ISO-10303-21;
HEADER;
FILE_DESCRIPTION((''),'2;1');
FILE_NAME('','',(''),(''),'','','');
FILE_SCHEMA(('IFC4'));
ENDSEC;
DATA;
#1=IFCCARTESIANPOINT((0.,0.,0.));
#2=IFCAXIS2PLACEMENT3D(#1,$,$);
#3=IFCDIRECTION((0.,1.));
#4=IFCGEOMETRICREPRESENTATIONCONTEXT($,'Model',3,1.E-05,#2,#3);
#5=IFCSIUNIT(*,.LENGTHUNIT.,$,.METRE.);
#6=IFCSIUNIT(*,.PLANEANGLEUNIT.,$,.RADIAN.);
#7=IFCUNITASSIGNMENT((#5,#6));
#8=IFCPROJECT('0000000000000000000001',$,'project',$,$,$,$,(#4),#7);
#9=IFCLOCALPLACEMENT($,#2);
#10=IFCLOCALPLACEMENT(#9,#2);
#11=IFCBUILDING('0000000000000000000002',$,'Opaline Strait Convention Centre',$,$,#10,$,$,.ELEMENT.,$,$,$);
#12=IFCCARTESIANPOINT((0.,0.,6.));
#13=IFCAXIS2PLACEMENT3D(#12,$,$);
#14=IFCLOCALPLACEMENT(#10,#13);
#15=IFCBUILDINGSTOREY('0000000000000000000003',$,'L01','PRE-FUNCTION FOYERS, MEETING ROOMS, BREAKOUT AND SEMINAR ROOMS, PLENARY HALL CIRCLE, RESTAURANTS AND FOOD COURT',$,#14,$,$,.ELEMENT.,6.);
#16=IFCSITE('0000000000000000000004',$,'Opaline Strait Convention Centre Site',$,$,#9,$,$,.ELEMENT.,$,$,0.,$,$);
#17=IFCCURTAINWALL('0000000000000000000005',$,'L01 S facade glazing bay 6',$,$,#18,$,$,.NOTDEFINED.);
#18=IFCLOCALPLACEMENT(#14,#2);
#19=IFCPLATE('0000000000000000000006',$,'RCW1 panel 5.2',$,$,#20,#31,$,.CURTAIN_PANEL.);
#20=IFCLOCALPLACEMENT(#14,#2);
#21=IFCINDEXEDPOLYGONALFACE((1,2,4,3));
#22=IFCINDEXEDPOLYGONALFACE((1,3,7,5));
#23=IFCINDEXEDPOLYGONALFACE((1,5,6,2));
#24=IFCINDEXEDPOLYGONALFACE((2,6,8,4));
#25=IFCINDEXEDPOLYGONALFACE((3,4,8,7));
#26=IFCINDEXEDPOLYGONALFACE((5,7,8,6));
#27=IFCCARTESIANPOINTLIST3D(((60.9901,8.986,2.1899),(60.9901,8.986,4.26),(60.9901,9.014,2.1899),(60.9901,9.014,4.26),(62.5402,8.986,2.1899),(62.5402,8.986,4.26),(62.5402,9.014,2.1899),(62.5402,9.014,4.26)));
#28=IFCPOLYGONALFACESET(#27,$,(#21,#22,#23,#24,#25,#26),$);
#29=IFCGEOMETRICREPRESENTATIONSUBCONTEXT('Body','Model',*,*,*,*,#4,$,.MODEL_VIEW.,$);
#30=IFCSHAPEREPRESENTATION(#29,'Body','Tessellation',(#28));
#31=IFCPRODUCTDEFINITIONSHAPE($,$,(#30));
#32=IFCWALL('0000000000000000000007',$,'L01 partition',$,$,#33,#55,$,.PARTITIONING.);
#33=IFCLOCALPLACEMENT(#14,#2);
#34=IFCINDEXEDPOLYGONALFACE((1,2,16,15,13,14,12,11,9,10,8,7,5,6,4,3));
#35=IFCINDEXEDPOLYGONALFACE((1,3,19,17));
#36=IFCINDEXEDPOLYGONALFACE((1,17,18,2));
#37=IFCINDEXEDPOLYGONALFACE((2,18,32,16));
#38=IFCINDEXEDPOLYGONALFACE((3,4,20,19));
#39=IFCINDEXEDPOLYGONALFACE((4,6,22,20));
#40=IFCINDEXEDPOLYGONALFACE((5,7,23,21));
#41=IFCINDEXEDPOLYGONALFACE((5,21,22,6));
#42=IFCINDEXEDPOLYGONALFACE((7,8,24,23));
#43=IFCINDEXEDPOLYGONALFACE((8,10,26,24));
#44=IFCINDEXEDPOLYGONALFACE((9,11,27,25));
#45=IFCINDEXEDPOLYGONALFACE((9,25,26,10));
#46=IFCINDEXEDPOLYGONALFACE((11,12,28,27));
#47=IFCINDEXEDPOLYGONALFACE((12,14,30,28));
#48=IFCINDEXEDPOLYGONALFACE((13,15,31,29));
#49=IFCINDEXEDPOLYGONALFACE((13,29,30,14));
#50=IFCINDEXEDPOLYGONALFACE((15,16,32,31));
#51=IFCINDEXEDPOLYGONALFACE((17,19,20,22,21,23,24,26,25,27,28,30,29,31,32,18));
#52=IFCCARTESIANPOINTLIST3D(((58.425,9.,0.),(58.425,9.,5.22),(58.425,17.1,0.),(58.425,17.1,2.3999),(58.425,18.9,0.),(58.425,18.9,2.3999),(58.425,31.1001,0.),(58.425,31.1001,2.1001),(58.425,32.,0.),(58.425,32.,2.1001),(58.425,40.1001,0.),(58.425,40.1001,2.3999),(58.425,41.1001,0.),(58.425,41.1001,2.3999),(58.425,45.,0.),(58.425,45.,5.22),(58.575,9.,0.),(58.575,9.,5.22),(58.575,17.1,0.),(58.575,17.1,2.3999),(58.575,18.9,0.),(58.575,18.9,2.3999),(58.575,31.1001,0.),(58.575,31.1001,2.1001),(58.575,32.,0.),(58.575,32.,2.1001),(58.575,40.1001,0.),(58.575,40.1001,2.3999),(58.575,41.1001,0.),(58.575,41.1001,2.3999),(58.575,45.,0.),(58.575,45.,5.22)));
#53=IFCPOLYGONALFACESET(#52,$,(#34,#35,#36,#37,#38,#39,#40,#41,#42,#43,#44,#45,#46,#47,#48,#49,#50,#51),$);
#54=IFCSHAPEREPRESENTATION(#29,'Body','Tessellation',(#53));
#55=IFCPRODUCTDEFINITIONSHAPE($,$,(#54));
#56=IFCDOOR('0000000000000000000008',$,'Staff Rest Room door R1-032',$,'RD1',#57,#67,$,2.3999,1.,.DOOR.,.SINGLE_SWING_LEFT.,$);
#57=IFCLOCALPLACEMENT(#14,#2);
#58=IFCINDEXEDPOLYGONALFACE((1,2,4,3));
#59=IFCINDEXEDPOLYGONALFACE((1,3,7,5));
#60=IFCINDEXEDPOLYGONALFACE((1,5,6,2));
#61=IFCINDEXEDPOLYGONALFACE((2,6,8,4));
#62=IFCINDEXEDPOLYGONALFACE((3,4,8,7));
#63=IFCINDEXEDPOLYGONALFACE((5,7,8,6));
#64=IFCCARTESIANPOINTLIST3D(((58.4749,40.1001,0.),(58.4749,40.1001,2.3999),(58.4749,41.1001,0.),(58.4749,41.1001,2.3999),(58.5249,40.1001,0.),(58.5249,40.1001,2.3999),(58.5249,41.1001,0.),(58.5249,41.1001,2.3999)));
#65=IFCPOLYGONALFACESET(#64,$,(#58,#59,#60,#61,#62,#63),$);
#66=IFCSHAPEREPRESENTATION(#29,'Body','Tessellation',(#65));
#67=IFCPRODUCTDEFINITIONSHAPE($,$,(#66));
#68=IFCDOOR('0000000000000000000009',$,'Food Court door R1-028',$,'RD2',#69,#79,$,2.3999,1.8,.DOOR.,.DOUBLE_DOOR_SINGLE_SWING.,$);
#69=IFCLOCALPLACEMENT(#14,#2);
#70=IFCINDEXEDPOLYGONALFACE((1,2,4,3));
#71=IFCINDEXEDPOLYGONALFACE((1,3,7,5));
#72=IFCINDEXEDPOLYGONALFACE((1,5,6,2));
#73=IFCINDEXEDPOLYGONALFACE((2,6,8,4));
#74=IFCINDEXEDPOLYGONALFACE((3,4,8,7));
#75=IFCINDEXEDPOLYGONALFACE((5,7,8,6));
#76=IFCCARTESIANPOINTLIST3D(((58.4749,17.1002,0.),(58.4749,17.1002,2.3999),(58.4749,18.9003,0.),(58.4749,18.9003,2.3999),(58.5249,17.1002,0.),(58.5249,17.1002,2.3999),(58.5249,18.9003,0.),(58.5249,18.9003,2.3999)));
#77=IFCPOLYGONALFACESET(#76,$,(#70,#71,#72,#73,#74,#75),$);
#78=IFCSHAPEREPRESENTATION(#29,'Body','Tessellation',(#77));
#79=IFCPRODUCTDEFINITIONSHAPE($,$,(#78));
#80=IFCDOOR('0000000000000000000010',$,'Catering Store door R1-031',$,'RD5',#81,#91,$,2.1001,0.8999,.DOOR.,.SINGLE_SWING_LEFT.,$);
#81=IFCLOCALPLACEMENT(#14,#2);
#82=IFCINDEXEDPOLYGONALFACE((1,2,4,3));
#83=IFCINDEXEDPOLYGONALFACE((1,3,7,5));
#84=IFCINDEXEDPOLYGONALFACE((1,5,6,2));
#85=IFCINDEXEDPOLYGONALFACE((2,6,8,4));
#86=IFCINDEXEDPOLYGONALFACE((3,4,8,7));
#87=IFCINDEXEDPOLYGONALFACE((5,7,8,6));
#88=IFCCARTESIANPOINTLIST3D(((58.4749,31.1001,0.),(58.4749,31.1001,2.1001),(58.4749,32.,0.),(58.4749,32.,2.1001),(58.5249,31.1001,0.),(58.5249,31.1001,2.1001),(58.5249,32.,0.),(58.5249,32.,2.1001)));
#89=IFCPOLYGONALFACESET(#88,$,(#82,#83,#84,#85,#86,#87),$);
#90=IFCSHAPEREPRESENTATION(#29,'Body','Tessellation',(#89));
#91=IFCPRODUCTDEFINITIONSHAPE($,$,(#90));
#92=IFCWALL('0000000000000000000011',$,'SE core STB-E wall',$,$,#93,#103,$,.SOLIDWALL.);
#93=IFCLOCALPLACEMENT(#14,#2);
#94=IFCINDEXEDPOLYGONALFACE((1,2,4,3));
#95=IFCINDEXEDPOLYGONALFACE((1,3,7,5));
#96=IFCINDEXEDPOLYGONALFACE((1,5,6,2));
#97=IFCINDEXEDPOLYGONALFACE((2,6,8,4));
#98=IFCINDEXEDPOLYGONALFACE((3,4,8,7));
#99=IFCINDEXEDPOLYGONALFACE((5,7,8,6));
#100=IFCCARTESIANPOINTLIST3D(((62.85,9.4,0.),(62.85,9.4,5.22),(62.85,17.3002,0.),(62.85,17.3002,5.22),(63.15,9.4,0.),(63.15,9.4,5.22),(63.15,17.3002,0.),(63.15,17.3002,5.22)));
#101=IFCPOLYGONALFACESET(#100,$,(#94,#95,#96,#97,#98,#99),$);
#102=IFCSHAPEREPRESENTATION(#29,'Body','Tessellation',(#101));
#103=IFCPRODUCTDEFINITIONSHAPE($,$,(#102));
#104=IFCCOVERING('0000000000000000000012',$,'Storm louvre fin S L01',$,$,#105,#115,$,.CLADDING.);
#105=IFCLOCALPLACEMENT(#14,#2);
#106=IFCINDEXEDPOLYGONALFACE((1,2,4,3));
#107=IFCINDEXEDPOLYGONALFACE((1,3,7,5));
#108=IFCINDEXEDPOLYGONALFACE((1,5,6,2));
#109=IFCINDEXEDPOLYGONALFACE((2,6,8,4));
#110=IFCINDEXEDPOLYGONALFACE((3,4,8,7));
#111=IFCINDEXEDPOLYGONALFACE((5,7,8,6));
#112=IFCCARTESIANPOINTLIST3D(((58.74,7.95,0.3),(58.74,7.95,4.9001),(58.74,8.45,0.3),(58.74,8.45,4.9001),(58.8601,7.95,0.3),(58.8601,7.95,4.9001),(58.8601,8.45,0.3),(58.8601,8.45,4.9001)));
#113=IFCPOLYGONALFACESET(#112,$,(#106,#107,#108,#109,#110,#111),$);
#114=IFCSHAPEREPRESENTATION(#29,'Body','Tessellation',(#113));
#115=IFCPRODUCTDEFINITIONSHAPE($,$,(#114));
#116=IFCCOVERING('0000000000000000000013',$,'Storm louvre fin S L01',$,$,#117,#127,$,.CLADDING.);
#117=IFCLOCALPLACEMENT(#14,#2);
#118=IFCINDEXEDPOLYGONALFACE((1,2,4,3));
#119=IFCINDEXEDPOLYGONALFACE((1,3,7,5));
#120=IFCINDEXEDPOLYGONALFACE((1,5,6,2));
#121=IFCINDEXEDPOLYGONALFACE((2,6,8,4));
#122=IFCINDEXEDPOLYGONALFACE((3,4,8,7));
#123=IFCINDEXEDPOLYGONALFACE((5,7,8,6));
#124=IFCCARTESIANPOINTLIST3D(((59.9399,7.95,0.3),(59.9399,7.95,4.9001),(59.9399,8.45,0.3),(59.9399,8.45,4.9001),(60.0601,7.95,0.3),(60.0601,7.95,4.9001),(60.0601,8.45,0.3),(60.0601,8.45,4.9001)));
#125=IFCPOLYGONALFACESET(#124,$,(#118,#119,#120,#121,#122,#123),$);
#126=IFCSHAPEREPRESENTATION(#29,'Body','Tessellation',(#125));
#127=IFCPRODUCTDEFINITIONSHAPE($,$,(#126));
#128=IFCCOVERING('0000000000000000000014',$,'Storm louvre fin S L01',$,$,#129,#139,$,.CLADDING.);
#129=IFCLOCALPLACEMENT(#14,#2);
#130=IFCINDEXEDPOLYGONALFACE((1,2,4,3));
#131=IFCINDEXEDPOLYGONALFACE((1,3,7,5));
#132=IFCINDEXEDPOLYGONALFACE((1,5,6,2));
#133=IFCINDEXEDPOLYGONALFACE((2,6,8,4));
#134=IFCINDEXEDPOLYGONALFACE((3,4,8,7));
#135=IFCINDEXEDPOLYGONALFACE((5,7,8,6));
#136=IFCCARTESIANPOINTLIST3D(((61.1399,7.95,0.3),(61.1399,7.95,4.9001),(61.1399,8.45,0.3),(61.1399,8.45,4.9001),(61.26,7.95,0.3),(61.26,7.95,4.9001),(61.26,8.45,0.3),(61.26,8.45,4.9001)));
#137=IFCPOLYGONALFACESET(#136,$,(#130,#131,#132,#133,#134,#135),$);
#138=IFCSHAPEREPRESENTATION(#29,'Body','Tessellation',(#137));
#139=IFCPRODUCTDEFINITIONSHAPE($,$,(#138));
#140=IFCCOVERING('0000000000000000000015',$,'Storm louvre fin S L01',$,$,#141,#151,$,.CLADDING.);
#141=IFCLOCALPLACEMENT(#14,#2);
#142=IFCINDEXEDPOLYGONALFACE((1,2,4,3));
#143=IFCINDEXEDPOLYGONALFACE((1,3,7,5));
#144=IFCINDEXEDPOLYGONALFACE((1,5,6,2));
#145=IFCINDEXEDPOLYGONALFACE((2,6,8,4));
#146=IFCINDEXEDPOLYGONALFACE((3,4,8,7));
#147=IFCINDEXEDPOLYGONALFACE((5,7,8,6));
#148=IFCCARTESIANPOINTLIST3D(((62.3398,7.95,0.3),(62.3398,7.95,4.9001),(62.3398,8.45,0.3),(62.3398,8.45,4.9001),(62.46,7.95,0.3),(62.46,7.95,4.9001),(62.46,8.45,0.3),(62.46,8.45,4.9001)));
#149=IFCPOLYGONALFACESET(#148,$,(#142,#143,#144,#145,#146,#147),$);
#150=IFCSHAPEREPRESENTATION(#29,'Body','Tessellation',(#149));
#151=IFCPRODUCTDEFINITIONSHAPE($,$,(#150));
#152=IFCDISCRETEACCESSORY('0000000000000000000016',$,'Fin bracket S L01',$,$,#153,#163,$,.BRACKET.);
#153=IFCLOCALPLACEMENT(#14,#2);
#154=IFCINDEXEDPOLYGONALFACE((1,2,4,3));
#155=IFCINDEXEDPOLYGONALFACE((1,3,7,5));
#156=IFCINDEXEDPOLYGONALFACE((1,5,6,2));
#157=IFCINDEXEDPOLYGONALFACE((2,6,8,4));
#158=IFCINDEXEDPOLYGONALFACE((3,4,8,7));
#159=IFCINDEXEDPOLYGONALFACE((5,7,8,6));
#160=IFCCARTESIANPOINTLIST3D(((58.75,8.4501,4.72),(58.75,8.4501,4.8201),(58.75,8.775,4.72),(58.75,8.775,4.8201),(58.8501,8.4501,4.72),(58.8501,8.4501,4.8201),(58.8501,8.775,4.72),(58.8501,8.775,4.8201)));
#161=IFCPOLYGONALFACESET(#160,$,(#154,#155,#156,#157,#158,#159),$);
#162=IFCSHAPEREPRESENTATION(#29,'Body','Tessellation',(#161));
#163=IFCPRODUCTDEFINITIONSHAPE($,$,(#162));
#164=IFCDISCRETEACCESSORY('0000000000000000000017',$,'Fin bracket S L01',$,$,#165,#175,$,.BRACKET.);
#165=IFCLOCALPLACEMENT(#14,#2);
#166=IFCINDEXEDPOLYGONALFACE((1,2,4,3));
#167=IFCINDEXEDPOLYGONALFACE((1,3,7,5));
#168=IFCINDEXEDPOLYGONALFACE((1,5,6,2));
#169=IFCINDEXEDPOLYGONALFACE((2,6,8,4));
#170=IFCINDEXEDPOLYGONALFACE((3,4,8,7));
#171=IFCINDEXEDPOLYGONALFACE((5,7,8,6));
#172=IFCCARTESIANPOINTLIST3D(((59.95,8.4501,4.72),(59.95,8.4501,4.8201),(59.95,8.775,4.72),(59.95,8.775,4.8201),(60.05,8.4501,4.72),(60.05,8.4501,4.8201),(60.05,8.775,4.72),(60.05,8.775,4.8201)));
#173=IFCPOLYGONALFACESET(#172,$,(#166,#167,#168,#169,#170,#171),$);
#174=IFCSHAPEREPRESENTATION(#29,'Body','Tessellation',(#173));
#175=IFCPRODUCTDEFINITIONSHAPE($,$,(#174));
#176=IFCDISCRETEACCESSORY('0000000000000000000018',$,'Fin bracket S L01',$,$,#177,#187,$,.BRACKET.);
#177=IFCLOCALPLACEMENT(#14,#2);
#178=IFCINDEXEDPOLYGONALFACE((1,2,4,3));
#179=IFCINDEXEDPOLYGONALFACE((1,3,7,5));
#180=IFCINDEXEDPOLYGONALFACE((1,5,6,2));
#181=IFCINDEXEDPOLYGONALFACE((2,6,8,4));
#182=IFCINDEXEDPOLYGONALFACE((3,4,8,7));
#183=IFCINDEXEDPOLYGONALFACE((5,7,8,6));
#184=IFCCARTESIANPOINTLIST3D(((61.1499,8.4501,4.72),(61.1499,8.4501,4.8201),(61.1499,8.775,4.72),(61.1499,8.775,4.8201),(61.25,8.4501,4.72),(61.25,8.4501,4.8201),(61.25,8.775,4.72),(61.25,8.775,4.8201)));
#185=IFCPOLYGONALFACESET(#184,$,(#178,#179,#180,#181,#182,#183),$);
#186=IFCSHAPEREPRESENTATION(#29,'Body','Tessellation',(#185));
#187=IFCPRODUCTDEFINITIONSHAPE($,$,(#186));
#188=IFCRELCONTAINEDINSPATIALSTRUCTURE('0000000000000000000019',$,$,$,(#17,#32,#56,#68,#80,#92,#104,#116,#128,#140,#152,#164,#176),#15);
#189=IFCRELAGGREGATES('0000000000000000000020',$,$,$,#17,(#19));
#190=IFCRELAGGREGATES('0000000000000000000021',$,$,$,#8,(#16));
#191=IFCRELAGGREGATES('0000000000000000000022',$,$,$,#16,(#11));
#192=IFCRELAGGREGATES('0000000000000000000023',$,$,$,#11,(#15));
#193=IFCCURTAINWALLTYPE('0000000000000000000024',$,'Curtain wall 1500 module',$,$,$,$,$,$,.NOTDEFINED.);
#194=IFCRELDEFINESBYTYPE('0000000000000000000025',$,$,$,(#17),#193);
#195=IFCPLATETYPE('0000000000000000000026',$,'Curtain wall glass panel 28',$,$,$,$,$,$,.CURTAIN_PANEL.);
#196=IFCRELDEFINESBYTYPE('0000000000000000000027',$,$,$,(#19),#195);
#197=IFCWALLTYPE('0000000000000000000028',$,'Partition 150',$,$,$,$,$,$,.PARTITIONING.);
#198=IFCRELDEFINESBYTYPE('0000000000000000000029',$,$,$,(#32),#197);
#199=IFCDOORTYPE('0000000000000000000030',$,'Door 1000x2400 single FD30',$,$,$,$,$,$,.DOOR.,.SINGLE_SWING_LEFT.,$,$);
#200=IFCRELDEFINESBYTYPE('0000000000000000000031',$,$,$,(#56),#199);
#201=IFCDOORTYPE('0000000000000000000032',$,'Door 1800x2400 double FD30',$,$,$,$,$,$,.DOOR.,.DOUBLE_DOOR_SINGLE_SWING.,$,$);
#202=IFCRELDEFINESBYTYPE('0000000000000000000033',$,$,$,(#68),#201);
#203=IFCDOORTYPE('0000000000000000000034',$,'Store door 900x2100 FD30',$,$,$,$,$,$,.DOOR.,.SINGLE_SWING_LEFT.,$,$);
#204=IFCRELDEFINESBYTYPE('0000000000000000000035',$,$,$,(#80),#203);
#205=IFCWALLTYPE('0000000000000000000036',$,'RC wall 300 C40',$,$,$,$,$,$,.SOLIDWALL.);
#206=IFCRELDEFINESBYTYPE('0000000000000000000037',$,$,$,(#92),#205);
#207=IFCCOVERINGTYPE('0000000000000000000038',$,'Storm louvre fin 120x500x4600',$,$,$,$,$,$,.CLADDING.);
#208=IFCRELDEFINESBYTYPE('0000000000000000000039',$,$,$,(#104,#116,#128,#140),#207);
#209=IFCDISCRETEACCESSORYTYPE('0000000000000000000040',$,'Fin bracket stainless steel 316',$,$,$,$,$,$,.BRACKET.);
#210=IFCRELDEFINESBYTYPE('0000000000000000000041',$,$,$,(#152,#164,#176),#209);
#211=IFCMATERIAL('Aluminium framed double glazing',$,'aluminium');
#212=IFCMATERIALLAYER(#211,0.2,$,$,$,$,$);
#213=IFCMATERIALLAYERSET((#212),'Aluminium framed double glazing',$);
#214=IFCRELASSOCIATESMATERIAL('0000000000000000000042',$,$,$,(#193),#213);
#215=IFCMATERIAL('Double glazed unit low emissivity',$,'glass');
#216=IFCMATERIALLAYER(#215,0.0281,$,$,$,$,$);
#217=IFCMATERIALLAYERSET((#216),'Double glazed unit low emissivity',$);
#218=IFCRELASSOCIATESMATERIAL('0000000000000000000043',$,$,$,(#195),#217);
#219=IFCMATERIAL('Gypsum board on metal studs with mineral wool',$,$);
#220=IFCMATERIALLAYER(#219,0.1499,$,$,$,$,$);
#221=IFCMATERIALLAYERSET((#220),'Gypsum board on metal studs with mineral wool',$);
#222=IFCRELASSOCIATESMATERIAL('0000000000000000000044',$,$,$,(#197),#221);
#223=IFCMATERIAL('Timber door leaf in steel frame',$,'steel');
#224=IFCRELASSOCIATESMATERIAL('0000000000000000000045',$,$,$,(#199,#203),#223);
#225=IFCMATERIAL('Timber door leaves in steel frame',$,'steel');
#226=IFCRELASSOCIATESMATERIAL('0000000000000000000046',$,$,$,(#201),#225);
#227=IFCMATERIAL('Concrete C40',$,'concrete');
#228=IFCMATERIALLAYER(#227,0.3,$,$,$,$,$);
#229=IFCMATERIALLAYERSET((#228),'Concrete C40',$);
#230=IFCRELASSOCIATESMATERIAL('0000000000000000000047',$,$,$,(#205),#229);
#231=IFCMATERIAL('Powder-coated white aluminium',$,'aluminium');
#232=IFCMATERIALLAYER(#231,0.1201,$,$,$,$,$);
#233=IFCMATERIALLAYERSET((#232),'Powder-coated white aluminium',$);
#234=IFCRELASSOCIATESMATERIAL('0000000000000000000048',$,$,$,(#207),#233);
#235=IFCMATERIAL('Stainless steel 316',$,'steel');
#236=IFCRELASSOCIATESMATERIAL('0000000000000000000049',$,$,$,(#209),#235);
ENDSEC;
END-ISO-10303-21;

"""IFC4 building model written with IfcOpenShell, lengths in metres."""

from ifc_helpers import new_model, si_unit, direction, frame, frame_2d, origin, origin_2d, place, context, subcontext, project, spatial, rectangle, extrude, material, layer, layer_set, type_object, element, fill, aggregate, save


model = new_model("IFC4")

# Units and contexts
model_context = context("Model", 3, precision=1e-05, world=origin(), true_north=direction((0.0, 1.0)))
body_context = subcontext(model_context, "Body", "Model", "MODEL_VIEW")
ifc_project = project(units=[si_unit("LENGTHUNIT", "METRE"), si_unit("PLANEANGLEUNIT", "RADIAN")], contexts=[model_context])

# Site, building, storey
site_placement = place(None, origin())
site = spatial("IfcSite", under=ifc_project, at=site_placement, Name="Opaline Strait Convention Centre Site", CompositionType="ELEMENT", RefElevation=0.0)
building_placement = place(site_placement, origin())
building = spatial("IfcBuilding", under=site, at=building_placement, Name="Opaline Strait Convention Centre", CompositionType="ELEMENT")
storey_placement = place(building_placement, frame((0.0, 0.0, 6.0)))
storey = spatial("IfcBuildingStorey", under=building, at=storey_placement, Name="L01", Description="PRE-FUNCTION FOYERS, MEETING ROOMS, BREAKOUT AND SEMINAR ROOMS, PLENARY HALL CIRCLE, RESTAURANTS AND FOOD COURT", CompositionType="ELEMENT", Elevation=6.0)

# Shared definitions
ifc_material_1 = material(Name="Concrete C40", Category="concrete")

# Curtain wall
ifc_material_2 = material(Name="Aluminium framed double glazing", Category="aluminium")
ifc_layer_1 = layer(ifc_material_2, 0.2)
ifc_layer_set_1 = layer_set([ifc_layer_1], Name="Aluminium framed double glazing")
curtain_wall_type = type_object("IfcCurtainWallType", Name="Curtain wall 1500 module", PredefinedType="NOTDEFINED", material=ifc_layer_set_1)
curtain_wall_placement = place(storey_placement, origin())
curtain_wall = element("IfcCurtainWall", 1, at=curtain_wall_placement, inside=storey, type_object=curtain_wall_type, Name="L01 S facade glazing bay 6", PredefinedType="NOTDEFINED")

# Plate
ifc_material_3 = material(Name="Double glazed unit low emissivity", Category="glass")
ifc_layer_2 = layer(ifc_material_3, 0.0281)
ifc_layer_set_2 = layer_set([ifc_layer_2], Name="Double glazed unit low emissivity")
plate_type = type_object("IfcPlateType", Name="Curtain wall glass panel 28", PredefinedType="CURTAIN_PANEL", material=ifc_layer_set_2)
plate_1_placement = place(storey_placement, frame((61.7651, 9.0, 2.1899), z_axis=(0.0, 0.0, 1.0), x_axis=(1.0, 0.0, 0.0)))
plate_1 = element("IfcPlate", 2, at=plate_1_placement, type_object=plate_type, Name="RCW1 panel 5.2", PredefinedType="CURTAIN_PANEL", context=body_context, shape_type="SweptSolid", body=[
    extrude(rectangle(XDim=1.55, YDim=0.0281, at=origin_2d()), origin(), (0.0, 0.0, 1.0), 2.0701),
])
aggregate(curtain_wall, [plate_1])

# Wall, openings, doors
ifc_material_4 = material(Name="Gypsum board on metal studs with mineral wool")
ifc_layer_3 = layer(ifc_material_4, 0.1499)
ifc_layer_set_3 = layer_set([ifc_layer_3], Name="Gypsum board on metal studs with mineral wool")
wall_type_1 = type_object("IfcWallType", Name="Partition 150", PredefinedType="PARTITIONING", material=ifc_layer_set_3)
wall_1_placement = place(storey_placement, frame((58.5, 9.0, 0.0), z_axis=(0.0, 0.0, 1.0), x_axis=(0.0, 1.0, 0.0)))
wall_1 = element("IfcWall", 3, at=wall_1_placement, inside=storey, type_object=wall_type_1, Name="L01 partition", PredefinedType="PARTITIONING", context=body_context, shape_type="SweptSolid", body=[
    extrude(rectangle(XDim=36.0, YDim=0.1499, at=frame_2d((18.0, 0.0))), origin(), (0.0, 0.0, 1.0), 5.22),
])
opening_1_placement = place(wall_1_placement, frame((8.1001, 0.0, 0.0)))
opening_1 = element("IfcOpeningElement", 4, at=opening_1_placement, cuts=wall_1, PredefinedType="OPENING", context=body_context, shape_type="SweptSolid", body=[
    extrude(rectangle(XDim=1.8, YDim=2.3999, at=frame_2d((0.8999, 1.2))), frame((0.0, 0.085, 0.0), z_axis=(0.0, -1.0, 0.0), x_axis=(1.0, 0.0, 0.0)), (0.0, 0.0, 1.0), 0.1699),
])
opening_2_placement = place(wall_1_placement, frame((22.1001, 0.0, 0.0)))
opening_2 = element("IfcOpeningElement", 5, at=opening_2_placement, cuts=wall_1, PredefinedType="OPENING", context=body_context, shape_type="SweptSolid", body=[
    extrude(rectangle(XDim=0.8999, YDim=2.1001, at=frame_2d((0.45, 1.05))), frame((0.0, 0.085, 0.0), z_axis=(0.0, -1.0, 0.0), x_axis=(1.0, 0.0, 0.0)), (0.0, 0.0, 1.0), 0.1699),
])
opening_3_placement = place(wall_1_placement, frame((31.1001, 0.0, 0.0)))
opening_3 = element("IfcOpeningElement", 6, at=opening_3_placement, cuts=wall_1, PredefinedType="OPENING", context=body_context, shape_type="SweptSolid", body=[
    extrude(rectangle(XDim=1.0, YDim=2.3999, at=frame_2d((0.5, 1.2))), frame((0.0, 0.085, 0.0), z_axis=(0.0, -1.0, 0.0), x_axis=(1.0, 0.0, 0.0)), (0.0, 0.0, 1.0), 0.1699),
])
ifc_material_5 = material(Name="Timber door leaf in steel frame", Category="steel")
door_type_1 = type_object("IfcDoorType", Name="Door 1000x2400 single FD30", OperationType="SINGLE_SWING_LEFT", PredefinedType="DOOR", material=ifc_material_5)
door_1_placement = place(opening_3_placement, frame((1.0, 0.0, 0.0), z_axis=(0.0, 0.0, 1.0), x_axis=(-1.0, 0.0, 0.0)))
door_1 = element("IfcDoor", 7, at=door_1_placement, inside=storey, type_object=door_type_1, Name="Staff Rest Room door R1-032", ObjectType="RD1", OperationType="SINGLE_SWING_LEFT", OverallHeight=2.3999, OverallWidth=1.0, PredefinedType="DOOR", context=body_context, shape_type="SweptSolid", body=[
    extrude(rectangle(XDim=1.0, YDim=2.3999, at=frame_2d((0.5, 1.2))), frame((0.0, 0.0249, 0.0), z_axis=(0.0, -1.0, 0.0), x_axis=(1.0, 0.0, 0.0)), (0.0, 0.0, 1.0), 0.05),
])
fill(opening_3, door_1)
ifc_material_6 = material(Name="Timber door leaves in steel frame", Category="steel")
door_type_2 = type_object("IfcDoorType", Name="Door 1800x2400 double FD30", OperationType="DOUBLE_DOOR_SINGLE_SWING", PredefinedType="DOOR", material=ifc_material_6)
door_2_placement = place(opening_1_placement, frame((1.8, 0.0, 0.0), z_axis=(0.0, 0.0, 1.0), x_axis=(-1.0, 0.0, 0.0)))
door_2 = element("IfcDoor", 8, at=door_2_placement, inside=storey, type_object=door_type_2, Name="Food Court door R1-028", ObjectType="RD2", OperationType="DOUBLE_DOOR_SINGLE_SWING", OverallHeight=2.3999, OverallWidth=1.8, PredefinedType="DOOR", context=body_context, shape_type="SweptSolid", body=[
    extrude(rectangle(XDim=1.8, YDim=2.3999, at=frame_2d((0.8999, 1.2))), frame((0.0, 0.0249, 0.0), z_axis=(0.0, -1.0, 0.0), x_axis=(1.0, 0.0, 0.0)), (0.0, 0.0, 1.0), 0.05),
])
fill(opening_1, door_2)
door_type_3 = type_object("IfcDoorType", Name="Store door 900x2100 FD30", OperationType="SINGLE_SWING_LEFT", PredefinedType="DOOR", material=ifc_material_5)
door_3_placement = place(opening_2_placement, frame((0.8999, 0.0, 0.0), z_axis=(0.0, 0.0, 1.0), x_axis=(-1.0, 0.0, 0.0)))
door_3 = element("IfcDoor", 9, at=door_3_placement, inside=storey, type_object=door_type_3, Name="Catering Store door R1-031", ObjectType="RD5", OperationType="SINGLE_SWING_LEFT", OverallHeight=2.1001, OverallWidth=0.8999, PredefinedType="DOOR", context=body_context, shape_type="SweptSolid", body=[
    extrude(rectangle(XDim=0.8999, YDim=2.1001, at=frame_2d((0.45, 1.05))), frame((0.0, 0.0249, 0.0), z_axis=(0.0, -1.0, 0.0), x_axis=(1.0, 0.0, 0.0)), (0.0, 0.0, 1.0), 0.05),
])
fill(opening_2, door_3)

# Wall
ifc_layer_4 = layer(ifc_material_1, 0.3)
ifc_layer_set_4 = layer_set([ifc_layer_4], Name="Concrete C40")
wall_type_2 = type_object("IfcWallType", Name="RC wall 300 C40", PredefinedType="SOLIDWALL", material=ifc_layer_set_4)
wall_2_placement = place(storey_placement, frame((63.0, 9.3999, 0.0), z_axis=(0.0, 0.0, 1.0), x_axis=(0.0, 1.0, 0.0)))
element("IfcWall", 10, at=wall_2_placement, inside=storey, type_object=wall_type_2, Name="SE core STB-E wall", PredefinedType="SOLIDWALL", context=body_context, shape_type="SweptSolid", body=[
    extrude(rectangle(XDim=7.9001, YDim=0.3, at=frame_2d((3.9502, 0.0))), origin(), (0.0, 0.0, 1.0), 5.22),
])

# Coverings
ifc_material_7 = material(Name="Powder-coated white aluminium", Category="aluminium")
ifc_layer_5 = layer(ifc_material_7, 0.1201)
ifc_layer_set_5 = layer_set([ifc_layer_5], Name="Powder-coated white aluminium")
covering_type = type_object("IfcCoveringType", Name="Storm louvre fin 120x500x4600", PredefinedType="CLADDING", material=ifc_layer_set_5)
for number, where, z_axis, x_axis, name in (
    (11, (58.8, 8.2, 0.3), (0.0, 0.0, 1.0), (1.0, 0.0, 0.0), "Storm louvre fin S L01"),
    (12, (60.0, 8.2, 0.3), (0.0, 0.0, 1.0), (1.0, 0.0, 0.0), "Storm louvre fin S L01"),
    (13, (61.2, 8.2, 0.3), (0.0, 0.0, 1.0), (1.0, 0.0, 0.0), "Storm louvre fin S L01"),
    (14, (62.3999, 8.2, 0.3), (0.0, 0.0, 1.0), (1.0, 0.0, 0.0), "Storm louvre fin S L01"),
):
    element("IfcCovering", number, at=place(storey_placement, frame(where, z_axis=z_axis, x_axis=x_axis)), inside=storey, type_object=covering_type, Name=name, PredefinedType="CLADDING", context=body_context, shape_type="SweptSolid", body=[
        extrude(rectangle(XDim=0.1201, YDim=0.5, at=origin_2d()), origin(), (0.0, 0.0, 1.0), 4.6001),
    ])

# Discrete accessories
ifc_material_8 = material(Name="Stainless steel 316", Category="steel")
discrete_accessory_type = type_object("IfcDiscreteAccessoryType", Name="Fin bracket stainless steel 316", PredefinedType="BRACKET", material=ifc_material_8)
for number, where, z_axis, x_axis, name in (
    (15, (58.8, 8.6125, 4.72), (0.0, 0.0, 1.0), (1.0, 0.0, 0.0), "Fin bracket S L01"),
    (16, (60.0, 8.6125, 4.72), (0.0, 0.0, 1.0), (1.0, 0.0, 0.0), "Fin bracket S L01"),
    (17, (61.2, 8.6125, 4.72), (0.0, 0.0, 1.0), (1.0, 0.0, 0.0), "Fin bracket S L01"),
):
    element("IfcDiscreteAccessory", number, at=place(storey_placement, frame(where, z_axis=z_axis, x_axis=x_axis)), inside=storey, type_object=discrete_accessory_type, Name=name, PredefinedType="BRACKET", context=body_context, shape_type="SweptSolid", body=[
        extrude(rectangle(XDim=0.1001, YDim=0.325, at=origin_2d()), origin(), (0.0, 0.0, 1.0), 0.1001),
    ])

save(model, "model.ifc")
